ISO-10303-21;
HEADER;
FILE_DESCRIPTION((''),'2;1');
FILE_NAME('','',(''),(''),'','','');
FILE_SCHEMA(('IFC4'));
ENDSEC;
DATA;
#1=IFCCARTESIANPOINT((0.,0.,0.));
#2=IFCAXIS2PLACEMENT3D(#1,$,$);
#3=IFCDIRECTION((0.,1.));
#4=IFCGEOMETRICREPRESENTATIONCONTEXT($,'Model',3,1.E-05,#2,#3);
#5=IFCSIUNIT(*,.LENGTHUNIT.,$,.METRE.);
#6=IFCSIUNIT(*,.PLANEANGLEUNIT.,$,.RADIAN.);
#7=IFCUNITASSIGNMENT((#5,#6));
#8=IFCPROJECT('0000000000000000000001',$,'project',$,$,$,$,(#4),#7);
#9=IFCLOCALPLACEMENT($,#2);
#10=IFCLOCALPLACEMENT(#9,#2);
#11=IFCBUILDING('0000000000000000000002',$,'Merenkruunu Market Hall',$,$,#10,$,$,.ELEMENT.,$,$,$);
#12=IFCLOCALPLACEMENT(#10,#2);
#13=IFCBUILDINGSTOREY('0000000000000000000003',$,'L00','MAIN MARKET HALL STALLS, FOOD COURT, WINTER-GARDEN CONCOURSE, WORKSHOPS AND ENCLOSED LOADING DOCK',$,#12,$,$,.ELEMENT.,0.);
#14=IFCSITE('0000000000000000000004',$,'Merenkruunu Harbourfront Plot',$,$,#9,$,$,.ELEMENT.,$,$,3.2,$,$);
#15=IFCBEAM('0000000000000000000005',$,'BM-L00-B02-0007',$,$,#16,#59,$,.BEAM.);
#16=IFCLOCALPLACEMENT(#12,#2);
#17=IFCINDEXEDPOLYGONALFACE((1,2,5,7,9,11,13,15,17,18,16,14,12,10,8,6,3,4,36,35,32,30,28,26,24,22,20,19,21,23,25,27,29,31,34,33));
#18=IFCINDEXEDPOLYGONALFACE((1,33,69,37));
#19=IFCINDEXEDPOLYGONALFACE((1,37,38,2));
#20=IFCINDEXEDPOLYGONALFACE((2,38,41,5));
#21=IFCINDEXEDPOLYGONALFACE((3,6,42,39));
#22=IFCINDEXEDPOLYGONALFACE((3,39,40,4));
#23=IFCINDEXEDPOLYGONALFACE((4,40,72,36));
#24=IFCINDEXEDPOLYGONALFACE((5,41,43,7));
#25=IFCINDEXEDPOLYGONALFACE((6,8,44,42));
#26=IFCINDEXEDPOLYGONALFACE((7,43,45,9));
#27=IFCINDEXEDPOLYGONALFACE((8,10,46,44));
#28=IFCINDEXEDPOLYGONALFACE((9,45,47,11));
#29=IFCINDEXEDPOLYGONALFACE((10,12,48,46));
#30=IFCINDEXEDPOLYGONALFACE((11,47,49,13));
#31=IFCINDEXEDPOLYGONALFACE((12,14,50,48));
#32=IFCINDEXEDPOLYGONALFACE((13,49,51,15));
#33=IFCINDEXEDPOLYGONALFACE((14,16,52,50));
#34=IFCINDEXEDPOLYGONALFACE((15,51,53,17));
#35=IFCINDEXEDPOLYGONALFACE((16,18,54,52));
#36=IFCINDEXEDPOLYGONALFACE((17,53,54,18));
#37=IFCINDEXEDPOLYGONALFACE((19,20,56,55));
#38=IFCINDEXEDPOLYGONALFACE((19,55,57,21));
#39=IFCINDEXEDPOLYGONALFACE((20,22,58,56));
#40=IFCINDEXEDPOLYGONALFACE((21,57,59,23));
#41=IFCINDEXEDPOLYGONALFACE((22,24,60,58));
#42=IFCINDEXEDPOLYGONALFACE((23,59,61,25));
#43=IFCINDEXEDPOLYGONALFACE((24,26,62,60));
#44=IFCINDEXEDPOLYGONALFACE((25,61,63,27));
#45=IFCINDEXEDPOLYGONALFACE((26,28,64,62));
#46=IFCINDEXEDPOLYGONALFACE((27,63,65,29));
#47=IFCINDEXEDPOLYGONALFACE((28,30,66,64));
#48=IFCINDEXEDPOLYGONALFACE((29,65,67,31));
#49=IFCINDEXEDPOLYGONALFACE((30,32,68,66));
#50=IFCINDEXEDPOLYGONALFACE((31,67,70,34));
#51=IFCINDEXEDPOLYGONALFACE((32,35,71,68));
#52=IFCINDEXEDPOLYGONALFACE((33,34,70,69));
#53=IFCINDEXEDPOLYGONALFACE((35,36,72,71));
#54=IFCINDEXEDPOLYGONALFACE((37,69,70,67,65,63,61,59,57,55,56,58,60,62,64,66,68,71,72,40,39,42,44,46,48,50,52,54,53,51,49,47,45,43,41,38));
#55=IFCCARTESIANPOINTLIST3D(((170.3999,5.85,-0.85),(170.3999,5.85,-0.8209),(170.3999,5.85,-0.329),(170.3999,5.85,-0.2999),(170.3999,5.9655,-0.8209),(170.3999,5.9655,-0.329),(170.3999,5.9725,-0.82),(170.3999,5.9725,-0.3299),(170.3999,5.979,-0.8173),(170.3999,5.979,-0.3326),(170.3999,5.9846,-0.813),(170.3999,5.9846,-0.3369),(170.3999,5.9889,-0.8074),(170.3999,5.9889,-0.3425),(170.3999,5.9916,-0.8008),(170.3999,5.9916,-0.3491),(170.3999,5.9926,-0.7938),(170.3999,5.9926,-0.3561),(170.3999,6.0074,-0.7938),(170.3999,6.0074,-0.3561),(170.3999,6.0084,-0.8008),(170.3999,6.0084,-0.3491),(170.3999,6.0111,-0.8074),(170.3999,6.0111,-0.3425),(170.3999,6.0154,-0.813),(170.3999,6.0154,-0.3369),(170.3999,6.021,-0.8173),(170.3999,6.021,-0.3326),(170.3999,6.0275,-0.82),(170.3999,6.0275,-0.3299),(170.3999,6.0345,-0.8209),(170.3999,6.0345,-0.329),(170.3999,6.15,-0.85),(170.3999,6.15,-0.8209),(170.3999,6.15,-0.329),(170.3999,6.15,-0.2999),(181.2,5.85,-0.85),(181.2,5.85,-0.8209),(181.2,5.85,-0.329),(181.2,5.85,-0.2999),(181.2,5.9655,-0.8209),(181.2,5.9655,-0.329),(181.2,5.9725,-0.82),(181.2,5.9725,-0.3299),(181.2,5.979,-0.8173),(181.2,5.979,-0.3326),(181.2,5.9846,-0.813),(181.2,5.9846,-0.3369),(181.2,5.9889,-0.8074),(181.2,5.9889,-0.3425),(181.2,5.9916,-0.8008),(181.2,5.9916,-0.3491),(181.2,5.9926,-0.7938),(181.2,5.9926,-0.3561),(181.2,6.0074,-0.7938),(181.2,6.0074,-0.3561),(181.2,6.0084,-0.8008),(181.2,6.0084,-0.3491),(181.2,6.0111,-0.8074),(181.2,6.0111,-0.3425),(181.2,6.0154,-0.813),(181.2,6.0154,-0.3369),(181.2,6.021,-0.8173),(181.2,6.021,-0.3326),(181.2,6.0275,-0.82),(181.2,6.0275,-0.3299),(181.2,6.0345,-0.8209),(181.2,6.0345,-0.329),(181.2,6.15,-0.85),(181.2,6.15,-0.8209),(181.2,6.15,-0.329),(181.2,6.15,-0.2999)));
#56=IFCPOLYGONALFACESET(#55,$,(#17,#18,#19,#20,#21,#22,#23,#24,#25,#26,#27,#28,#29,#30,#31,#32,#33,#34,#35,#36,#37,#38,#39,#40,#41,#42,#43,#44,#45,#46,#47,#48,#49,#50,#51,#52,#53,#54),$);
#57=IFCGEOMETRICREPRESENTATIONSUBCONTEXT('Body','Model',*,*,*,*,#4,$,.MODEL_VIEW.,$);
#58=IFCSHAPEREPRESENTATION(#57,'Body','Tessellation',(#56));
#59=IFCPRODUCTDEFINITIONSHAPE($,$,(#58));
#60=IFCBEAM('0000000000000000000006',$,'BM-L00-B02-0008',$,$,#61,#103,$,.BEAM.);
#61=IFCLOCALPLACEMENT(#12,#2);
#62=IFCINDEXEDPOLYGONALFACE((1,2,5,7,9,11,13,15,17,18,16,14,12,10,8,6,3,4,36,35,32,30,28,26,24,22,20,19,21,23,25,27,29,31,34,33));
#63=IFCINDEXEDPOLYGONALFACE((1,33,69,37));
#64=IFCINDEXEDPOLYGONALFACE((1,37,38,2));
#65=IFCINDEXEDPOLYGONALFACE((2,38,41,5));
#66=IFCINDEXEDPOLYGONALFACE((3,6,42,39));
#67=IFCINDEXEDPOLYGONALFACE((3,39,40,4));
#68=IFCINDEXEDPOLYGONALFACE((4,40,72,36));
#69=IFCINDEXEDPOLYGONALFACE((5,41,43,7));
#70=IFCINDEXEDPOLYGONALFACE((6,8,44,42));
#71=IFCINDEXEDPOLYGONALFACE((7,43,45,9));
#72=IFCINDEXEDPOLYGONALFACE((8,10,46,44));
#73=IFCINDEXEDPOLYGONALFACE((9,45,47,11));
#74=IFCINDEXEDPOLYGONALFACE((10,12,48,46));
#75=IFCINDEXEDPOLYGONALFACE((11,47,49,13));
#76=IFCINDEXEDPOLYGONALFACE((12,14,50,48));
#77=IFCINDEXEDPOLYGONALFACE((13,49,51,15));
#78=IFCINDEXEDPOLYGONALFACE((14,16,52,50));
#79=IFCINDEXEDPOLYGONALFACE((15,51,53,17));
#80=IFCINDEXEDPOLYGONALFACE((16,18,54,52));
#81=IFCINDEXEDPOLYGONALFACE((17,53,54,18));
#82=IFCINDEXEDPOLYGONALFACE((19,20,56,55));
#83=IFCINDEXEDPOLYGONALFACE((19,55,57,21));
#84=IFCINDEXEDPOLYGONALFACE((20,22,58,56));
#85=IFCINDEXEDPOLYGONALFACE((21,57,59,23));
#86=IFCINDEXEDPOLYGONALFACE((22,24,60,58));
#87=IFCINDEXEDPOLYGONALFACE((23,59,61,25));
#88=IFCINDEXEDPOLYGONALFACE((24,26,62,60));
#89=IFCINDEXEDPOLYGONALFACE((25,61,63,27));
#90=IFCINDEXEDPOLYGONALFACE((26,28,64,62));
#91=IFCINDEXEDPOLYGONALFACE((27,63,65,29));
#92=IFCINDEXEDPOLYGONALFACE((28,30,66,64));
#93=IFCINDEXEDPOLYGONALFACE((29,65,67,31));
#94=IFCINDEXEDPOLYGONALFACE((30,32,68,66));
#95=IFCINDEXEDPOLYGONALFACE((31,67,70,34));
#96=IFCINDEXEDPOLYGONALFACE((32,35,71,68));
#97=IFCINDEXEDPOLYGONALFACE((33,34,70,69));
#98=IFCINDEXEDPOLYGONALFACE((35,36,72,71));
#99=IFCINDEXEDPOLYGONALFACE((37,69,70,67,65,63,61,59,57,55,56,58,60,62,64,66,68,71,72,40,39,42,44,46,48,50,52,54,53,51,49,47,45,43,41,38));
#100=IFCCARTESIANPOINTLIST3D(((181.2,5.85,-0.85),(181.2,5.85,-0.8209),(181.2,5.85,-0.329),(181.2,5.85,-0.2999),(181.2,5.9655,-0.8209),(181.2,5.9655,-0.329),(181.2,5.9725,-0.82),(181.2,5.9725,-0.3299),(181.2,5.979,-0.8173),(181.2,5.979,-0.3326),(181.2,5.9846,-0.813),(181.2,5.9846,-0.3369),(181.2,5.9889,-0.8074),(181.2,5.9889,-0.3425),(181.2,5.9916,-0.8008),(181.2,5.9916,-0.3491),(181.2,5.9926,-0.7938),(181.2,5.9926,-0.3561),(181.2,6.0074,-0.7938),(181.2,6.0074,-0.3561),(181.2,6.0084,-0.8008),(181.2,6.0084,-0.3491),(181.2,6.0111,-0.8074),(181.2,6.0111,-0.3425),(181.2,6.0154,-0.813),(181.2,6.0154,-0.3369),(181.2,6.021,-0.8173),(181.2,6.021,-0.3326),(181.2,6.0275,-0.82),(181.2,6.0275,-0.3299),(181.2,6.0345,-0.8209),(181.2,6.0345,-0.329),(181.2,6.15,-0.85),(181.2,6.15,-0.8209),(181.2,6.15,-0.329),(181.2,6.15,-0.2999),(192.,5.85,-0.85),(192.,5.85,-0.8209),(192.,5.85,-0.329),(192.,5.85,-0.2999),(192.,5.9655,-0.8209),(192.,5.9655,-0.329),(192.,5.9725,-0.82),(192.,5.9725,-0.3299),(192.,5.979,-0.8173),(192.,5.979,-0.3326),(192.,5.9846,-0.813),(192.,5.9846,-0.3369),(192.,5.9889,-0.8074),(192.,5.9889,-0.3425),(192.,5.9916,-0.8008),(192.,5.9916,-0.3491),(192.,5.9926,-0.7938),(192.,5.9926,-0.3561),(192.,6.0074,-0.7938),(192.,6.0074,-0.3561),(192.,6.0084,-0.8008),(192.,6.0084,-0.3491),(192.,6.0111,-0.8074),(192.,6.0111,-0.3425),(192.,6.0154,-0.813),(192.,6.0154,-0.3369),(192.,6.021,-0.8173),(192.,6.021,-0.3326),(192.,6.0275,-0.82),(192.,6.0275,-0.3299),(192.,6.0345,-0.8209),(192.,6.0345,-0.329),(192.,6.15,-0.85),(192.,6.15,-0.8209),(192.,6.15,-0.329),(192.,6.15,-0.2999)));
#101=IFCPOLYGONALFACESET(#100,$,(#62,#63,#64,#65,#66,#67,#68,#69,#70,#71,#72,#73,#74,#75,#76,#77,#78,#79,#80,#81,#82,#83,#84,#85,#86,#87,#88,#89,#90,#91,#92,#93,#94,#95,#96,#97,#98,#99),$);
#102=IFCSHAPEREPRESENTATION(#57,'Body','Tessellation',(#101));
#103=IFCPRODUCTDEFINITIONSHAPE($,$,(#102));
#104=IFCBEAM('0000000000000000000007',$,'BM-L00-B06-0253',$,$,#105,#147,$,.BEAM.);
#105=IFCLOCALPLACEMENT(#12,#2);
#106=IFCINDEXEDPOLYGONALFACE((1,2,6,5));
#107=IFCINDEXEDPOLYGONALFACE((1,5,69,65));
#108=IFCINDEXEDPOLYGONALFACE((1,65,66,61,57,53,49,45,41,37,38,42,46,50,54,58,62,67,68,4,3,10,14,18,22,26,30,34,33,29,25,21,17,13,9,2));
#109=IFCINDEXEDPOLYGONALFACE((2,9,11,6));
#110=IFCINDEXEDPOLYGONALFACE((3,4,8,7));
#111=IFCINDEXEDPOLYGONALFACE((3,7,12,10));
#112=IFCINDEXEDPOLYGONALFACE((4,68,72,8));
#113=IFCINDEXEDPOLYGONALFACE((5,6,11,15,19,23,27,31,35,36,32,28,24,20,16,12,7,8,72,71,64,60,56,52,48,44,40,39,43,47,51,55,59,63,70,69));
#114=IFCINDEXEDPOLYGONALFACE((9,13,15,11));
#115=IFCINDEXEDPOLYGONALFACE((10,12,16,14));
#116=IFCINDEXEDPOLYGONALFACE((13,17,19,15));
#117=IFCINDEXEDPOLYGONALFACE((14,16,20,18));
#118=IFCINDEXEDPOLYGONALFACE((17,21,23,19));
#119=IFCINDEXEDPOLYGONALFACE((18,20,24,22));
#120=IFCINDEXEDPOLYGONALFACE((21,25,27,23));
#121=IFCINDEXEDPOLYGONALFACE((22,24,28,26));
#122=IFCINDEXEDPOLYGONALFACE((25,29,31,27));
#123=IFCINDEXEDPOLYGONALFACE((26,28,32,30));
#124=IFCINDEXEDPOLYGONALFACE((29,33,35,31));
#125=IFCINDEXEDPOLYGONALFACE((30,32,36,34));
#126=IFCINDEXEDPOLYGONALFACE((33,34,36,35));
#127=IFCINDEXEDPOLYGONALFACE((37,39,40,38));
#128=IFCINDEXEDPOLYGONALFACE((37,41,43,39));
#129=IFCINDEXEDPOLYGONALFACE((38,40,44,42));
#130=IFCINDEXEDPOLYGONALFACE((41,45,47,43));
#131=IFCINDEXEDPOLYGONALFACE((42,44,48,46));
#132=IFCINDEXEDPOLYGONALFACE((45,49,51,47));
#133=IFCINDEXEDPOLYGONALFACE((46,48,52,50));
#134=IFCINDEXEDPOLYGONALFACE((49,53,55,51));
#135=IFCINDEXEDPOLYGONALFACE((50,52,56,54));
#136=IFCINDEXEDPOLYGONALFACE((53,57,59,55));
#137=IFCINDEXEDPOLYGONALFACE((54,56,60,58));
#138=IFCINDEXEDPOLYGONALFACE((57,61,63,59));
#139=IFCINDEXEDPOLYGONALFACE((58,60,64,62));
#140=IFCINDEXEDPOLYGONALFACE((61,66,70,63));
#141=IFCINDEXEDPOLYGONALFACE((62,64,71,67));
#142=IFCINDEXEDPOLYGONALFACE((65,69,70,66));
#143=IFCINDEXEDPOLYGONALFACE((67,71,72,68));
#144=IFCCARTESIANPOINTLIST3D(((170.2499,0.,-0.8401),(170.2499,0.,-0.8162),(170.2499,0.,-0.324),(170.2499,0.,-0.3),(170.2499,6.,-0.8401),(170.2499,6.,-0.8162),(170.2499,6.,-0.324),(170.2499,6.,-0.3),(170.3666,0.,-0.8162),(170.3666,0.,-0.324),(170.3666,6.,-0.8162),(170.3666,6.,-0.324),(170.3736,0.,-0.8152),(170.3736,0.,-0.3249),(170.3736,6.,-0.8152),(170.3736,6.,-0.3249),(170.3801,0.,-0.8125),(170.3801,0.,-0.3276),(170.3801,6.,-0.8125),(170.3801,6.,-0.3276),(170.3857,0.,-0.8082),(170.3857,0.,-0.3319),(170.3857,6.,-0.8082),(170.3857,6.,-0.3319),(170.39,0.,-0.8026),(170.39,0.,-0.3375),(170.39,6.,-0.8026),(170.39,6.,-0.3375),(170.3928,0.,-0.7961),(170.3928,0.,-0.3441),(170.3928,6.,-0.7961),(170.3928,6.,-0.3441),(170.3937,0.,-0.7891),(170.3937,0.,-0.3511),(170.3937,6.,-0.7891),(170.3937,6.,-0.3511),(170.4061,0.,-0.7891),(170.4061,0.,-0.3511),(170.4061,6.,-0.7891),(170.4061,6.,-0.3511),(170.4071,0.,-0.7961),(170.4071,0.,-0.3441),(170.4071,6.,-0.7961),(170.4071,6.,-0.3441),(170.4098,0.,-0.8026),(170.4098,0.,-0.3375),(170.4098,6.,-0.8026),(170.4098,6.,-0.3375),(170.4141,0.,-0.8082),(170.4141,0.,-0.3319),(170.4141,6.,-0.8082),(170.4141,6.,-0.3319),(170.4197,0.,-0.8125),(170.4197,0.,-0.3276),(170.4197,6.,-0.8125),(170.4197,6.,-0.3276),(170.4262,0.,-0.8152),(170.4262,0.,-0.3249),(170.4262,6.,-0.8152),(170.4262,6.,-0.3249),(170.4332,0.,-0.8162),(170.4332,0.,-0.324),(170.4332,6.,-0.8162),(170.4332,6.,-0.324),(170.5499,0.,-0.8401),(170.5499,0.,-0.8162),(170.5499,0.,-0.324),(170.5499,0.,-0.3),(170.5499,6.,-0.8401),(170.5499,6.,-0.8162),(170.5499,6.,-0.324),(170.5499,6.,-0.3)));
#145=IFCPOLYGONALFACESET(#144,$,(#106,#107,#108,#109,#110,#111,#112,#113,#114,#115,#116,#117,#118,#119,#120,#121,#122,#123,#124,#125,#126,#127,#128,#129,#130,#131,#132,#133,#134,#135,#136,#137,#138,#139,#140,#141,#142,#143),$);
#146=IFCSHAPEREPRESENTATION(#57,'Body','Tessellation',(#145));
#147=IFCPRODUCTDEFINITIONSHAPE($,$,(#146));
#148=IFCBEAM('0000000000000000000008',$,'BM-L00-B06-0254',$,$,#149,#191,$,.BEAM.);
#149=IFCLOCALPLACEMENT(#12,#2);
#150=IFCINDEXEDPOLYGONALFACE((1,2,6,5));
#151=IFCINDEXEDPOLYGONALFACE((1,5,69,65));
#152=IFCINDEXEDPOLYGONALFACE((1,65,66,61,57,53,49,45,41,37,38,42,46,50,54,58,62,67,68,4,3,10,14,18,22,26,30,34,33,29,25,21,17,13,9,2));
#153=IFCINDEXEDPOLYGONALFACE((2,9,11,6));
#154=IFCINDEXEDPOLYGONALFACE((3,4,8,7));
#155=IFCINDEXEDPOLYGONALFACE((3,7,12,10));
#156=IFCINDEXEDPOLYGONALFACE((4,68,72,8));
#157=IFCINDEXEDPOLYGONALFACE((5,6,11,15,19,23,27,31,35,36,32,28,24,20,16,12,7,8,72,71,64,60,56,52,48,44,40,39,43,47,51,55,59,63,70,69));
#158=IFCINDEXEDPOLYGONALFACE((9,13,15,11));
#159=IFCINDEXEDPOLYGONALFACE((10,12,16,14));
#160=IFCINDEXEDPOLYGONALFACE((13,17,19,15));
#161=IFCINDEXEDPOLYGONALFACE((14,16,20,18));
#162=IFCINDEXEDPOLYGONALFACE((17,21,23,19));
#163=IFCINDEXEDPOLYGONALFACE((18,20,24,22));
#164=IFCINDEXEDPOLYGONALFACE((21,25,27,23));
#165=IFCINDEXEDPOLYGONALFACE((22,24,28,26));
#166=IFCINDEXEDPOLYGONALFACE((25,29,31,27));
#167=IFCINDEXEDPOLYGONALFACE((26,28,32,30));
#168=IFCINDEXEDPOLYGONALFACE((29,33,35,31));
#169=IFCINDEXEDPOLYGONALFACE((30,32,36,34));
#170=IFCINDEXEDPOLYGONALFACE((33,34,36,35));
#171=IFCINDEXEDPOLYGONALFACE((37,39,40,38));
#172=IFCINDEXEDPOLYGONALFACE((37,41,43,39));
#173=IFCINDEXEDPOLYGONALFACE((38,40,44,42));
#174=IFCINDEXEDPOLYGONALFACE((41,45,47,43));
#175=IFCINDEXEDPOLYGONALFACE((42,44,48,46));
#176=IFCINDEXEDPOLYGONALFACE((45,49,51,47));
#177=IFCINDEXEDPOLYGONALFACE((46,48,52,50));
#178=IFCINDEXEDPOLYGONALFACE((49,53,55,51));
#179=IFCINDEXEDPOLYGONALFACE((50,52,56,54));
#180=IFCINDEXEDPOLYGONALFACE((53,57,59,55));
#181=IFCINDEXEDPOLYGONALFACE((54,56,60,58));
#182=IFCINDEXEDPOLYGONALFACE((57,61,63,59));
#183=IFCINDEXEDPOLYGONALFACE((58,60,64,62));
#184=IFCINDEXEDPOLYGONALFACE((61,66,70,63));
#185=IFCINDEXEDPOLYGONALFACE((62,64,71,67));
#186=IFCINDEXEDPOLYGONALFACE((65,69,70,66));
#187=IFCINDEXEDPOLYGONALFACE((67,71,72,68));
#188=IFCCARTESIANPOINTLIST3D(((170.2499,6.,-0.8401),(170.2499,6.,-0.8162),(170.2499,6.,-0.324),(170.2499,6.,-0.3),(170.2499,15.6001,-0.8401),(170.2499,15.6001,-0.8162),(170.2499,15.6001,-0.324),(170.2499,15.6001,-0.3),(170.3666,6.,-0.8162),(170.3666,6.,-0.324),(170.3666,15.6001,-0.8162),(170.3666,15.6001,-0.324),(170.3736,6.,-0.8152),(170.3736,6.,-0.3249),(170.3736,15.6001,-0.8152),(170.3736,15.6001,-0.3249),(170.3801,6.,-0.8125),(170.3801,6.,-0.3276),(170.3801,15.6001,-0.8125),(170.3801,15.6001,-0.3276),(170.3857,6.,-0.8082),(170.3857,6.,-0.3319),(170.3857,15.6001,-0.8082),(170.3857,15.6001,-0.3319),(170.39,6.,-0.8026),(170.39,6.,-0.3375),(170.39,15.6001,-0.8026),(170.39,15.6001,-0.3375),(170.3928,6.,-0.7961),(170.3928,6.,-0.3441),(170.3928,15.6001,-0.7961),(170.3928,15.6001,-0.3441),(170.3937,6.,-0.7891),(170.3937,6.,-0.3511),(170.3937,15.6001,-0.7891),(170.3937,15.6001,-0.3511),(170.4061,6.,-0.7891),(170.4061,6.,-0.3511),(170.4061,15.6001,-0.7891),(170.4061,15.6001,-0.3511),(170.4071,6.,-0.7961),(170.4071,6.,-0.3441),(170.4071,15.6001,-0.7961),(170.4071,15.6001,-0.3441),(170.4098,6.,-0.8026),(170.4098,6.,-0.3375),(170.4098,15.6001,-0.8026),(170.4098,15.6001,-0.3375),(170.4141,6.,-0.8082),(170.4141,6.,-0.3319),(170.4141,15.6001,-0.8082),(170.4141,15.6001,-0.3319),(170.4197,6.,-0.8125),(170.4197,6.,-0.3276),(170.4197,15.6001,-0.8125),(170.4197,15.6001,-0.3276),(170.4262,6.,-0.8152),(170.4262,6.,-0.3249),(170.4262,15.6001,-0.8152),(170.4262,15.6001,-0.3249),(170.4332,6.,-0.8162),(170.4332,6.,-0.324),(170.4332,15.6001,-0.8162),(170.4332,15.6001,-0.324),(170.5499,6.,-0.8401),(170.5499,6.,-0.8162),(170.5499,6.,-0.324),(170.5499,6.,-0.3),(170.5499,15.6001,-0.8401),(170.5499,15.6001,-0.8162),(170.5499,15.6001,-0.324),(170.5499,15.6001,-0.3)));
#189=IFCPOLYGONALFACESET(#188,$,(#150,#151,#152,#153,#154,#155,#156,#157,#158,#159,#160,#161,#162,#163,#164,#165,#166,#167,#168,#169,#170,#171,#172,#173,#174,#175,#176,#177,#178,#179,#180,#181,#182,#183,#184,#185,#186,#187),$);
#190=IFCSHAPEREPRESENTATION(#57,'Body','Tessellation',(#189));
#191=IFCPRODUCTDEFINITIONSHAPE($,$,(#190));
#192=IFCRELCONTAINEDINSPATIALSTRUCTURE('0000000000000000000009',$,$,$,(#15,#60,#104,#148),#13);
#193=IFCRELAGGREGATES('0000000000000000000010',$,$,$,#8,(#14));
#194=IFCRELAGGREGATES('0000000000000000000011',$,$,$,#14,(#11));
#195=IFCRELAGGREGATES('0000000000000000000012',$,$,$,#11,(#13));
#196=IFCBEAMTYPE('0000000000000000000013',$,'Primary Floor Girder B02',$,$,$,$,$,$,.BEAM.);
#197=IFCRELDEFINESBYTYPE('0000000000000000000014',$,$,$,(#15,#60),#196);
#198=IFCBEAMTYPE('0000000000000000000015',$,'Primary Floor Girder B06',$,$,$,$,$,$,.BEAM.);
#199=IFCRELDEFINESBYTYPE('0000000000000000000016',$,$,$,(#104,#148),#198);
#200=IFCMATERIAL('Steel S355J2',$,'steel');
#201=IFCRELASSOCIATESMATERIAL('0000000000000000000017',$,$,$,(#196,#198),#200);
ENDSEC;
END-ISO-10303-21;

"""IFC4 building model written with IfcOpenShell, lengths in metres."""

from ifc_helpers import new_model, si_unit, direction, frame, origin, origin_2d, place, context, subcontext, project, spatial, i_section, extrude, material, material_profile, profile_set, type_object, element, save


model = new_model("IFC4")

# Units and contexts
model_context = context("Model", 3, precision=1e-05, world=origin(), true_north=direction((0.0, 1.0)))
body_context = subcontext(model_context, "Body", "Model", "MODEL_VIEW")
ifc_project = project(units=[si_unit("LENGTHUNIT", "METRE"), si_unit("PLANEANGLEUNIT", "RADIAN")], contexts=[model_context])

# Site, building, storey
site_placement = place(None, origin())
site = spatial("IfcSite", under=ifc_project, at=site_placement, Name="Merenkruunu Harbourfront Plot", CompositionType="ELEMENT", RefElevation=3.2)
building_placement = place(site_placement, origin())
building = spatial("IfcBuilding", under=site, at=building_placement, Name="Merenkruunu Market Hall", CompositionType="ELEMENT")
storey_placement = place(building_placement, origin())
storey = spatial("IfcBuildingStorey", under=building, at=storey_placement, Name="L00", Description="MAIN MARKET HALL STALLS, FOOD COURT, WINTER-GARDEN CONCOURSE, WORKSHOPS AND ENCLOSED LOADING DOCK", CompositionType="ELEMENT", Elevation=0.0)

# Beams
ifc_material_1 = material(Name="Steel S355J2", Category="steel")
ifc_material_profile_1 = material_profile(ifc_material_1, i_section(OverallWidth=0.3, OverallDepth=0.55, WebThickness=0.0149, FlangeThickness=0.0291, FilletRadius=0.0271, at=origin_2d()), Name="HEB 550")
ifc_profile_set_1 = profile_set([ifc_material_profile_1], Name="Steel S355J2")
beam_type_1 = type_object("IfcBeamType", Name="Primary Floor Girder B02", PredefinedType="BEAM", material=ifc_profile_set_1)
for number, where, z_axis, x_axis, name in (
    (1, (170.3999, 6.0, -0.575), (1.0, 0.0, 0.0), (0.0, 1.0, 0.0), "BM-L00-B02-0007"),
    (2, (181.2, 6.0, -0.575), (1.0, 0.0, 0.0), (0.0, 1.0, 0.0), "BM-L00-B02-0008"),
):
    element("IfcBeam", number, at=place(storey_placement, frame(where, z_axis=z_axis, x_axis=x_axis)), inside=storey, type_object=beam_type_1, Name=name, PredefinedType="BEAM", context=body_context, shape_type="SweptSolid", body=[
        extrude(i_section(OverallWidth=0.3, OverallDepth=0.55, WebThickness=0.0149, FlangeThickness=0.0291, FilletRadius=0.0271, at=origin_2d()), origin(), (0.0, 0.0, 1.0), 10.8),
    ])
ifc_material_profile_2 = material_profile(ifc_material_1, i_section(OverallWidth=0.3, OverallDepth=0.54, WebThickness=0.0125, FlangeThickness=0.0239, FilletRadius=0.0271, at=origin_2d()), Name="HEA 550")
ifc_profile_set_2 = profile_set([ifc_material_profile_2], Name="Steel S355J2")
beam_type_2 = type_object("IfcBeamType", Name="Primary Floor Girder B06", PredefinedType="BEAM", material=ifc_profile_set_2)
beam_1_placement = place(storey_placement, frame((170.3999, 0.0, -0.5701), z_axis=(0.0, 1.0, 0.0), x_axis=(-1.0, 0.0, 0.0)))
element("IfcBeam", 3, at=beam_1_placement, inside=storey, type_object=beam_type_2, Name="BM-L00-B06-0253", PredefinedType="BEAM", context=body_context, shape_type="SweptSolid", body=[
    extrude(i_section(OverallWidth=0.3, OverallDepth=0.54, WebThickness=0.0125, FlangeThickness=0.0239, FilletRadius=0.0271, at=origin_2d()), origin(), (0.0, 0.0, 1.0), 6.0),
])
beam_2_placement = place(storey_placement, frame((170.3999, 6.0, -0.5701), z_axis=(0.0, 1.0, 0.0), x_axis=(-1.0, 0.0, 0.0)))
element("IfcBeam", 4, at=beam_2_placement, inside=storey, type_object=beam_type_2, Name="BM-L00-B06-0254", PredefinedType="BEAM", context=body_context, shape_type="SweptSolid", body=[
    extrude(i_section(OverallWidth=0.3, OverallDepth=0.54, WebThickness=0.0125, FlangeThickness=0.0239, FilletRadius=0.0271, at=origin_2d()), origin(), (0.0, 0.0, 1.0), 9.6001),
])

save(model, "model.ifc")
